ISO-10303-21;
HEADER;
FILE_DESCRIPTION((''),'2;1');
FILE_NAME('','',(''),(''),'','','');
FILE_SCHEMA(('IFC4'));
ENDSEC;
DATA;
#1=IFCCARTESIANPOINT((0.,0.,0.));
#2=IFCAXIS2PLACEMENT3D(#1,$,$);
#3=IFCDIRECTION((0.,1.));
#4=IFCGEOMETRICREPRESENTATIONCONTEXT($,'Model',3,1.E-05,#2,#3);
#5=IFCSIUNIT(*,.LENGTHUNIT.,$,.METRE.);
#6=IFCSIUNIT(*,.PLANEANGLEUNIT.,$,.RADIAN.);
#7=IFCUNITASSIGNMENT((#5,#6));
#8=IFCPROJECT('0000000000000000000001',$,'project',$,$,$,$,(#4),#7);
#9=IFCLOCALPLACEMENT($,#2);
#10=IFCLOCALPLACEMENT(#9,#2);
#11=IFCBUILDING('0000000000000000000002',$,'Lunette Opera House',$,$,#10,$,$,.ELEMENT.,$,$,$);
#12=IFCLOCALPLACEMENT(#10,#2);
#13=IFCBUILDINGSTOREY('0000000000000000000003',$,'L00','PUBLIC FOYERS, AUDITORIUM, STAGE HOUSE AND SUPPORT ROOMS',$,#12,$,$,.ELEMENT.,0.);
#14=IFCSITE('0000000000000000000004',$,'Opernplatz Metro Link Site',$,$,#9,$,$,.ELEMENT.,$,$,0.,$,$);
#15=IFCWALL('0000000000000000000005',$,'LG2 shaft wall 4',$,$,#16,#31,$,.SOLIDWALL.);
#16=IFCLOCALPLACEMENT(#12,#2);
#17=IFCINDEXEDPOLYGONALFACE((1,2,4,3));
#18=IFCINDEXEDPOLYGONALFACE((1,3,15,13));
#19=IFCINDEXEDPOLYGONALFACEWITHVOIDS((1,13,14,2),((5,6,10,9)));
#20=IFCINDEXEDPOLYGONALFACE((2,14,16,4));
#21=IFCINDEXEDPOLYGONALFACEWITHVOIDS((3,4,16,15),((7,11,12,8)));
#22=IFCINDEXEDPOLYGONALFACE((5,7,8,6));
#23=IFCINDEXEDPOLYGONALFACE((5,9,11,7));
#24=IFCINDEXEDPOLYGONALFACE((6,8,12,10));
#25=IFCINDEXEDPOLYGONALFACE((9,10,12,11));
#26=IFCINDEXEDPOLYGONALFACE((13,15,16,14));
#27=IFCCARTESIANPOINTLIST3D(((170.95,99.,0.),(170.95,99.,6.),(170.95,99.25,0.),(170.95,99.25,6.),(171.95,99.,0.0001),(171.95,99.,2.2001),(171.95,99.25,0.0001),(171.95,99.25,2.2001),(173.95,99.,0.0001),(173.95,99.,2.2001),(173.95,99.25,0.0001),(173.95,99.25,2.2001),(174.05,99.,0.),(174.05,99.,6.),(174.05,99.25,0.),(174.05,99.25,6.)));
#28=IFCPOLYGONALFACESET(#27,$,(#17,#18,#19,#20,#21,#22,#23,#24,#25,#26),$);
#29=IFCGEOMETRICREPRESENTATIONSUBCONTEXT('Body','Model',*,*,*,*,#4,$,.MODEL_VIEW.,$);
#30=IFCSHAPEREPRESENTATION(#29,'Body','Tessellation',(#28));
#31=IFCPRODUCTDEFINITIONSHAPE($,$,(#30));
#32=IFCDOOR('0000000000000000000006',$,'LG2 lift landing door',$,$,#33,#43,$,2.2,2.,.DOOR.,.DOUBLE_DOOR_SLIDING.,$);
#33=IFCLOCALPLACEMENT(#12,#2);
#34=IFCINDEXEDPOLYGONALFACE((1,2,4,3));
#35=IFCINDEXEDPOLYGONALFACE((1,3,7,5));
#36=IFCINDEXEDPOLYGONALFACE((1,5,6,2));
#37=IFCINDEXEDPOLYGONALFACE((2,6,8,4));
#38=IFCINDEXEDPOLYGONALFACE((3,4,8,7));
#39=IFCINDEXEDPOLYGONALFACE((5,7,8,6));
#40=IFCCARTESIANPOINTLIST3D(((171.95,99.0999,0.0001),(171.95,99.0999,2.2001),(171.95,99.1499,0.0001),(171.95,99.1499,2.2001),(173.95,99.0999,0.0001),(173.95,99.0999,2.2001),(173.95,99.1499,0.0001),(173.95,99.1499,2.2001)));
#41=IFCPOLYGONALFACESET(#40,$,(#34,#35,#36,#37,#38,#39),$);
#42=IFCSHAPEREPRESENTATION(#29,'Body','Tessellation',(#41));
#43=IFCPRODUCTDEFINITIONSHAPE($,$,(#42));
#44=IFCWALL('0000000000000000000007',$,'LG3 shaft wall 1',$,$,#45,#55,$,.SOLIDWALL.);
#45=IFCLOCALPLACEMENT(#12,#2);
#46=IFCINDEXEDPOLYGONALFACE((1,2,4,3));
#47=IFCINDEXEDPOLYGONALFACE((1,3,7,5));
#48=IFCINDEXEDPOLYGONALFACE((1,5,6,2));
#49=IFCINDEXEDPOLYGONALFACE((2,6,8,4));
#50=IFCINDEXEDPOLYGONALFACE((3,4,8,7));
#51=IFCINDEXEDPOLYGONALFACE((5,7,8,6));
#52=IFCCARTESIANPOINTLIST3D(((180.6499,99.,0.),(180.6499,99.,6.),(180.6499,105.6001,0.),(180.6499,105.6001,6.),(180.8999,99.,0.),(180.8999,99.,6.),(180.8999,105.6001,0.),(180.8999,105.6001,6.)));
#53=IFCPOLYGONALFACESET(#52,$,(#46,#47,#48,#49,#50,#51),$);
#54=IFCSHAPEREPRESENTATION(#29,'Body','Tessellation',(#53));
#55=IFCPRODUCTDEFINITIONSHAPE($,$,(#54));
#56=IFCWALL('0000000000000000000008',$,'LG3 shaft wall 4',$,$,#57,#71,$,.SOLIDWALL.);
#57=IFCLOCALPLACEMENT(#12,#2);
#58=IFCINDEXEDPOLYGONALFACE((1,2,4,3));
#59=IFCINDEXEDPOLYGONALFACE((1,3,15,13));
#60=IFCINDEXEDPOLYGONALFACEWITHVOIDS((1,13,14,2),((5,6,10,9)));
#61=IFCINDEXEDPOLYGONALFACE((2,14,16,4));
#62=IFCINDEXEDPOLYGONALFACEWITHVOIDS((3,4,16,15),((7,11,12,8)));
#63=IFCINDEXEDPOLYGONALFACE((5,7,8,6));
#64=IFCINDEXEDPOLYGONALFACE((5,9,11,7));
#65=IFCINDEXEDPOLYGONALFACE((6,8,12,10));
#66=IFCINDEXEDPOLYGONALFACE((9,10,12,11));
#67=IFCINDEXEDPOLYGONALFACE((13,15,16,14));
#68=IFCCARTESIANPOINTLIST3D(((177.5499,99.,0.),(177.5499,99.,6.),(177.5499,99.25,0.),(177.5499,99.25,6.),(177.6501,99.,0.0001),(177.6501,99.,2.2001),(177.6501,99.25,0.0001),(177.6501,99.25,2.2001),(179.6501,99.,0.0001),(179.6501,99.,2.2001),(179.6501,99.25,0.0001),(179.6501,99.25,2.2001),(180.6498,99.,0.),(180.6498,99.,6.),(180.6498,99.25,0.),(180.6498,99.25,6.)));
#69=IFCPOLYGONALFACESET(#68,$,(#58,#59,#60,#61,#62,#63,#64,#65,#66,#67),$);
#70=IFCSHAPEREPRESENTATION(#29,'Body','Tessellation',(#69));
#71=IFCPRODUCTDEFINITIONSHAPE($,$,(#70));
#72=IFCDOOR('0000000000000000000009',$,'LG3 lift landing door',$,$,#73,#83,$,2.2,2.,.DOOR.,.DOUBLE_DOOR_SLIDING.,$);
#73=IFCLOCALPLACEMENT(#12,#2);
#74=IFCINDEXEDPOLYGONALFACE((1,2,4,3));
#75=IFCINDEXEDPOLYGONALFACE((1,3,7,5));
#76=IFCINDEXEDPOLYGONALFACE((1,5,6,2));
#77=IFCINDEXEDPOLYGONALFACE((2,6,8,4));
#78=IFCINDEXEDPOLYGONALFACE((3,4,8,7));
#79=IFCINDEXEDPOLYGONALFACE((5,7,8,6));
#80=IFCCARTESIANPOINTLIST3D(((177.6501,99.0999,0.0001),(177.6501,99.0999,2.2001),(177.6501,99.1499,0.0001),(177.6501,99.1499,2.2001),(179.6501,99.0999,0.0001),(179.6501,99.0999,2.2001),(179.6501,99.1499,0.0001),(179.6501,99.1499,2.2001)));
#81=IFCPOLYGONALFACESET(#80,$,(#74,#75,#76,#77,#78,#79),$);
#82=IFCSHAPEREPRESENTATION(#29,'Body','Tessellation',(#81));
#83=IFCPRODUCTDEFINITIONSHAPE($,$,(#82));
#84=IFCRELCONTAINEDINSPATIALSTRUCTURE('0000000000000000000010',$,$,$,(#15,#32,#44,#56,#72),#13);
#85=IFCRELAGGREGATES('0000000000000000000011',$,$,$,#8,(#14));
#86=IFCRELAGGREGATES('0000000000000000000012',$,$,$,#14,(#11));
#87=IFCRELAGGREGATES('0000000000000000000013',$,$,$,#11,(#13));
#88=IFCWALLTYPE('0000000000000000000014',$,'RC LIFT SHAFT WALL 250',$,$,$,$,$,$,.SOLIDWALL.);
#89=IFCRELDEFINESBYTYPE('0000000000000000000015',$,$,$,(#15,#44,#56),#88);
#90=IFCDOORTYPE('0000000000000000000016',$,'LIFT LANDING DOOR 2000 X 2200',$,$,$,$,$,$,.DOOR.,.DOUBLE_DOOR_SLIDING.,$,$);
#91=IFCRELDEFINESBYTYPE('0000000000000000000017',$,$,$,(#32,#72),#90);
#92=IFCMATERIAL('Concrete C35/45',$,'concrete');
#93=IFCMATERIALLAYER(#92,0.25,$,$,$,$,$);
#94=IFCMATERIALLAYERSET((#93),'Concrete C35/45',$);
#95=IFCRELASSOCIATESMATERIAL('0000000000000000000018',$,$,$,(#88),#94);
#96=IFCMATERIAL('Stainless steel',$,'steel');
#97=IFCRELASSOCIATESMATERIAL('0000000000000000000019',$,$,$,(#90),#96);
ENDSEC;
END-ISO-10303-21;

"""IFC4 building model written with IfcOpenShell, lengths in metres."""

from ifc_helpers import new_model, si_unit, direction, frame, frame_2d, origin, place, context, subcontext, project, spatial, rectangle, extrude, material, layer, layer_set, type_object, element, fill, save


model = new_model("IFC4")

# Units and contexts
model_context = context("Model", 3, precision=1e-05, world=origin(), true_north=direction((0.0, 1.0)))
body_context = subcontext(model_context, "Body", "Model", "MODEL_VIEW")
ifc_project = project(units=[si_unit("LENGTHUNIT", "METRE"), si_unit("PLANEANGLEUNIT", "RADIAN")], contexts=[model_context])

# Site, building, storey
site_placement = place(None, origin())
site = spatial("IfcSite", under=ifc_project, at=site_placement, Name="Opernplatz Metro Link Site", CompositionType="ELEMENT", RefElevation=0.0)
building_placement = place(site_placement, origin())
building = spatial("IfcBuilding", under=site, at=building_placement, Name="Lunette Opera House", CompositionType="ELEMENT")
storey_placement = place(building_placement, origin())
storey = spatial("IfcBuildingStorey", under=building, at=storey_placement, Name="L00", Description="PUBLIC FOYERS, AUDITORIUM, STAGE HOUSE AND SUPPORT ROOMS", CompositionType="ELEMENT", Elevation=0.0)

# Shared definitions
ifc_material_1 = material(Name="Concrete C35/45", Category="concrete")
ifc_layer_1 = layer(ifc_material_1, 0.25)
ifc_layer_set_1 = layer_set([ifc_layer_1], Name="Concrete C35/45")
wall_type_1 = type_object("IfcWallType", Name="RC LIFT SHAFT WALL 250", PredefinedType="SOLIDWALL", material=ifc_layer_set_1)

# Wall, opening, door
wall_1_placement = place(storey_placement, frame((170.95, 99.125, 0.0), z_axis=(0.0, 0.0, 1.0), x_axis=(1.0, 0.0, 0.0)))
wall_1 = element("IfcWall", 1, at=wall_1_placement, inside=storey, type_object=wall_type_1, Name="LG2 shaft wall 4", PredefinedType="SOLIDWALL", context=body_context, shape_type="SweptSolid", body=[
    extrude(rectangle(XDim=3.1001, YDim=0.25, at=frame_2d((1.55, 0.0))), origin(), (0.0, 0.0, 1.0), 6.0),
])
opening_1_placement = place(wall_1_placement, frame((1.0, 0.0, 0.0)))
opening_1 = element("IfcOpeningElement", 2, at=opening_1_placement, cuts=wall_1, PredefinedType="OPENING", context=body_context, shape_type="SweptSolid", body=[
    extrude(rectangle(XDim=2.0, YDim=2.2, at=frame_2d((1.0, 1.1001))), frame((0.0, 0.137, 0.0), z_axis=(0.0, -1.0, 0.0), x_axis=(1.0, 0.0, 0.0)), (0.0, 0.0, 1.0), 0.2739),
])
ifc_material_2 = material(Name="Stainless steel", Category="steel")
door_type_1 = type_object("IfcDoorType", Name="LIFT LANDING DOOR 2000 X 2200", OperationType="DOUBLE_DOOR_SLIDING", PredefinedType="DOOR", material=ifc_material_2)
door_1_placement = place(opening_1_placement, origin())
door_1 = element("IfcDoor", 3, at=door_1_placement, inside=storey, type_object=door_type_1, Name="LG2 lift landing door", OperationType="DOUBLE_DOOR_SLIDING", OverallHeight=2.2, OverallWidth=2.0, PredefinedType="DOOR", context=body_context, shape_type="SweptSolid", body=[
    extrude(rectangle(XDim=2.0, YDim=2.2, at=frame_2d((1.0, 1.1001))), frame((0.0, 0.0249, 0.0), z_axis=(0.0, -1.0, 0.0), x_axis=(1.0, 0.0, 0.0)), (0.0, 0.0, 1.0), 0.05),
])
fill(opening_1, door_1)

# Wall
wall_2_placement = place(storey_placement, frame((180.7749, 99.0, 0.0), z_axis=(0.0, 0.0, 1.0), x_axis=(0.0, 1.0, 0.0)))
element("IfcWall", 4, at=wall_2_placement, inside=storey, type_object=wall_type_1, Name="LG3 shaft wall 1", PredefinedType="SOLIDWALL", context=body_context, shape_type="SweptSolid", body=[
    extrude(rectangle(XDim=6.6001, YDim=0.25, at=frame_2d((3.3, 0.0))), origin(), (0.0, 0.0, 1.0), 6.0),
])

# Wall, opening, door
wall_3_placement = place(storey_placement, frame((177.55, 99.125, 0.0), z_axis=(0.0, 0.0, 1.0), x_axis=(1.0, 0.0, 0.0)))
wall_3 = element("IfcWall", 5, at=wall_3_placement, inside=storey, type_object=wall_type_1, Name="LG3 shaft wall 4", PredefinedType="SOLIDWALL", context=body_context, shape_type="SweptSolid", body=[
    extrude(rectangle(XDim=3.0999, YDim=0.25, at=frame_2d((1.5498, 0.0))), origin(), (0.0, 0.0, 1.0), 6.0),
])
opening_2_placement = place(wall_3_placement, frame((0.1001, 0.0, 0.0)))
opening_2 = element("IfcOpeningElement", 6, at=opening_2_placement, cuts=wall_3, PredefinedType="OPENING", context=body_context, shape_type="SweptSolid", body=[
    extrude(rectangle(XDim=2.0, YDim=2.2, at=frame_2d((1.0, 1.1001))), frame((0.0, 0.137, 0.0), z_axis=(0.0, -1.0, 0.0), x_axis=(1.0, 0.0, 0.0)), (0.0, 0.0, 1.0), 0.2739),
])
door_2_placement = place(opening_2_placement, origin())
door_2 = element("IfcDoor", 7, at=door_2_placement, inside=storey, type_object=door_type_1, Name="LG3 lift landing door", OperationType="DOUBLE_DOOR_SLIDING", OverallHeight=2.2, OverallWidth=2.0, PredefinedType="DOOR", context=body_context, shape_type="SweptSolid", body=[
    extrude(rectangle(XDim=2.0, YDim=2.2, at=frame_2d((1.0, 1.1001))), frame((0.0, 0.0249, 0.0), z_axis=(0.0, -1.0, 0.0), x_axis=(1.0, 0.0, 0.0)), (0.0, 0.0, 1.0), 0.05),
])
fill(opening_2, door_2)

save(model, "model.ifc")
